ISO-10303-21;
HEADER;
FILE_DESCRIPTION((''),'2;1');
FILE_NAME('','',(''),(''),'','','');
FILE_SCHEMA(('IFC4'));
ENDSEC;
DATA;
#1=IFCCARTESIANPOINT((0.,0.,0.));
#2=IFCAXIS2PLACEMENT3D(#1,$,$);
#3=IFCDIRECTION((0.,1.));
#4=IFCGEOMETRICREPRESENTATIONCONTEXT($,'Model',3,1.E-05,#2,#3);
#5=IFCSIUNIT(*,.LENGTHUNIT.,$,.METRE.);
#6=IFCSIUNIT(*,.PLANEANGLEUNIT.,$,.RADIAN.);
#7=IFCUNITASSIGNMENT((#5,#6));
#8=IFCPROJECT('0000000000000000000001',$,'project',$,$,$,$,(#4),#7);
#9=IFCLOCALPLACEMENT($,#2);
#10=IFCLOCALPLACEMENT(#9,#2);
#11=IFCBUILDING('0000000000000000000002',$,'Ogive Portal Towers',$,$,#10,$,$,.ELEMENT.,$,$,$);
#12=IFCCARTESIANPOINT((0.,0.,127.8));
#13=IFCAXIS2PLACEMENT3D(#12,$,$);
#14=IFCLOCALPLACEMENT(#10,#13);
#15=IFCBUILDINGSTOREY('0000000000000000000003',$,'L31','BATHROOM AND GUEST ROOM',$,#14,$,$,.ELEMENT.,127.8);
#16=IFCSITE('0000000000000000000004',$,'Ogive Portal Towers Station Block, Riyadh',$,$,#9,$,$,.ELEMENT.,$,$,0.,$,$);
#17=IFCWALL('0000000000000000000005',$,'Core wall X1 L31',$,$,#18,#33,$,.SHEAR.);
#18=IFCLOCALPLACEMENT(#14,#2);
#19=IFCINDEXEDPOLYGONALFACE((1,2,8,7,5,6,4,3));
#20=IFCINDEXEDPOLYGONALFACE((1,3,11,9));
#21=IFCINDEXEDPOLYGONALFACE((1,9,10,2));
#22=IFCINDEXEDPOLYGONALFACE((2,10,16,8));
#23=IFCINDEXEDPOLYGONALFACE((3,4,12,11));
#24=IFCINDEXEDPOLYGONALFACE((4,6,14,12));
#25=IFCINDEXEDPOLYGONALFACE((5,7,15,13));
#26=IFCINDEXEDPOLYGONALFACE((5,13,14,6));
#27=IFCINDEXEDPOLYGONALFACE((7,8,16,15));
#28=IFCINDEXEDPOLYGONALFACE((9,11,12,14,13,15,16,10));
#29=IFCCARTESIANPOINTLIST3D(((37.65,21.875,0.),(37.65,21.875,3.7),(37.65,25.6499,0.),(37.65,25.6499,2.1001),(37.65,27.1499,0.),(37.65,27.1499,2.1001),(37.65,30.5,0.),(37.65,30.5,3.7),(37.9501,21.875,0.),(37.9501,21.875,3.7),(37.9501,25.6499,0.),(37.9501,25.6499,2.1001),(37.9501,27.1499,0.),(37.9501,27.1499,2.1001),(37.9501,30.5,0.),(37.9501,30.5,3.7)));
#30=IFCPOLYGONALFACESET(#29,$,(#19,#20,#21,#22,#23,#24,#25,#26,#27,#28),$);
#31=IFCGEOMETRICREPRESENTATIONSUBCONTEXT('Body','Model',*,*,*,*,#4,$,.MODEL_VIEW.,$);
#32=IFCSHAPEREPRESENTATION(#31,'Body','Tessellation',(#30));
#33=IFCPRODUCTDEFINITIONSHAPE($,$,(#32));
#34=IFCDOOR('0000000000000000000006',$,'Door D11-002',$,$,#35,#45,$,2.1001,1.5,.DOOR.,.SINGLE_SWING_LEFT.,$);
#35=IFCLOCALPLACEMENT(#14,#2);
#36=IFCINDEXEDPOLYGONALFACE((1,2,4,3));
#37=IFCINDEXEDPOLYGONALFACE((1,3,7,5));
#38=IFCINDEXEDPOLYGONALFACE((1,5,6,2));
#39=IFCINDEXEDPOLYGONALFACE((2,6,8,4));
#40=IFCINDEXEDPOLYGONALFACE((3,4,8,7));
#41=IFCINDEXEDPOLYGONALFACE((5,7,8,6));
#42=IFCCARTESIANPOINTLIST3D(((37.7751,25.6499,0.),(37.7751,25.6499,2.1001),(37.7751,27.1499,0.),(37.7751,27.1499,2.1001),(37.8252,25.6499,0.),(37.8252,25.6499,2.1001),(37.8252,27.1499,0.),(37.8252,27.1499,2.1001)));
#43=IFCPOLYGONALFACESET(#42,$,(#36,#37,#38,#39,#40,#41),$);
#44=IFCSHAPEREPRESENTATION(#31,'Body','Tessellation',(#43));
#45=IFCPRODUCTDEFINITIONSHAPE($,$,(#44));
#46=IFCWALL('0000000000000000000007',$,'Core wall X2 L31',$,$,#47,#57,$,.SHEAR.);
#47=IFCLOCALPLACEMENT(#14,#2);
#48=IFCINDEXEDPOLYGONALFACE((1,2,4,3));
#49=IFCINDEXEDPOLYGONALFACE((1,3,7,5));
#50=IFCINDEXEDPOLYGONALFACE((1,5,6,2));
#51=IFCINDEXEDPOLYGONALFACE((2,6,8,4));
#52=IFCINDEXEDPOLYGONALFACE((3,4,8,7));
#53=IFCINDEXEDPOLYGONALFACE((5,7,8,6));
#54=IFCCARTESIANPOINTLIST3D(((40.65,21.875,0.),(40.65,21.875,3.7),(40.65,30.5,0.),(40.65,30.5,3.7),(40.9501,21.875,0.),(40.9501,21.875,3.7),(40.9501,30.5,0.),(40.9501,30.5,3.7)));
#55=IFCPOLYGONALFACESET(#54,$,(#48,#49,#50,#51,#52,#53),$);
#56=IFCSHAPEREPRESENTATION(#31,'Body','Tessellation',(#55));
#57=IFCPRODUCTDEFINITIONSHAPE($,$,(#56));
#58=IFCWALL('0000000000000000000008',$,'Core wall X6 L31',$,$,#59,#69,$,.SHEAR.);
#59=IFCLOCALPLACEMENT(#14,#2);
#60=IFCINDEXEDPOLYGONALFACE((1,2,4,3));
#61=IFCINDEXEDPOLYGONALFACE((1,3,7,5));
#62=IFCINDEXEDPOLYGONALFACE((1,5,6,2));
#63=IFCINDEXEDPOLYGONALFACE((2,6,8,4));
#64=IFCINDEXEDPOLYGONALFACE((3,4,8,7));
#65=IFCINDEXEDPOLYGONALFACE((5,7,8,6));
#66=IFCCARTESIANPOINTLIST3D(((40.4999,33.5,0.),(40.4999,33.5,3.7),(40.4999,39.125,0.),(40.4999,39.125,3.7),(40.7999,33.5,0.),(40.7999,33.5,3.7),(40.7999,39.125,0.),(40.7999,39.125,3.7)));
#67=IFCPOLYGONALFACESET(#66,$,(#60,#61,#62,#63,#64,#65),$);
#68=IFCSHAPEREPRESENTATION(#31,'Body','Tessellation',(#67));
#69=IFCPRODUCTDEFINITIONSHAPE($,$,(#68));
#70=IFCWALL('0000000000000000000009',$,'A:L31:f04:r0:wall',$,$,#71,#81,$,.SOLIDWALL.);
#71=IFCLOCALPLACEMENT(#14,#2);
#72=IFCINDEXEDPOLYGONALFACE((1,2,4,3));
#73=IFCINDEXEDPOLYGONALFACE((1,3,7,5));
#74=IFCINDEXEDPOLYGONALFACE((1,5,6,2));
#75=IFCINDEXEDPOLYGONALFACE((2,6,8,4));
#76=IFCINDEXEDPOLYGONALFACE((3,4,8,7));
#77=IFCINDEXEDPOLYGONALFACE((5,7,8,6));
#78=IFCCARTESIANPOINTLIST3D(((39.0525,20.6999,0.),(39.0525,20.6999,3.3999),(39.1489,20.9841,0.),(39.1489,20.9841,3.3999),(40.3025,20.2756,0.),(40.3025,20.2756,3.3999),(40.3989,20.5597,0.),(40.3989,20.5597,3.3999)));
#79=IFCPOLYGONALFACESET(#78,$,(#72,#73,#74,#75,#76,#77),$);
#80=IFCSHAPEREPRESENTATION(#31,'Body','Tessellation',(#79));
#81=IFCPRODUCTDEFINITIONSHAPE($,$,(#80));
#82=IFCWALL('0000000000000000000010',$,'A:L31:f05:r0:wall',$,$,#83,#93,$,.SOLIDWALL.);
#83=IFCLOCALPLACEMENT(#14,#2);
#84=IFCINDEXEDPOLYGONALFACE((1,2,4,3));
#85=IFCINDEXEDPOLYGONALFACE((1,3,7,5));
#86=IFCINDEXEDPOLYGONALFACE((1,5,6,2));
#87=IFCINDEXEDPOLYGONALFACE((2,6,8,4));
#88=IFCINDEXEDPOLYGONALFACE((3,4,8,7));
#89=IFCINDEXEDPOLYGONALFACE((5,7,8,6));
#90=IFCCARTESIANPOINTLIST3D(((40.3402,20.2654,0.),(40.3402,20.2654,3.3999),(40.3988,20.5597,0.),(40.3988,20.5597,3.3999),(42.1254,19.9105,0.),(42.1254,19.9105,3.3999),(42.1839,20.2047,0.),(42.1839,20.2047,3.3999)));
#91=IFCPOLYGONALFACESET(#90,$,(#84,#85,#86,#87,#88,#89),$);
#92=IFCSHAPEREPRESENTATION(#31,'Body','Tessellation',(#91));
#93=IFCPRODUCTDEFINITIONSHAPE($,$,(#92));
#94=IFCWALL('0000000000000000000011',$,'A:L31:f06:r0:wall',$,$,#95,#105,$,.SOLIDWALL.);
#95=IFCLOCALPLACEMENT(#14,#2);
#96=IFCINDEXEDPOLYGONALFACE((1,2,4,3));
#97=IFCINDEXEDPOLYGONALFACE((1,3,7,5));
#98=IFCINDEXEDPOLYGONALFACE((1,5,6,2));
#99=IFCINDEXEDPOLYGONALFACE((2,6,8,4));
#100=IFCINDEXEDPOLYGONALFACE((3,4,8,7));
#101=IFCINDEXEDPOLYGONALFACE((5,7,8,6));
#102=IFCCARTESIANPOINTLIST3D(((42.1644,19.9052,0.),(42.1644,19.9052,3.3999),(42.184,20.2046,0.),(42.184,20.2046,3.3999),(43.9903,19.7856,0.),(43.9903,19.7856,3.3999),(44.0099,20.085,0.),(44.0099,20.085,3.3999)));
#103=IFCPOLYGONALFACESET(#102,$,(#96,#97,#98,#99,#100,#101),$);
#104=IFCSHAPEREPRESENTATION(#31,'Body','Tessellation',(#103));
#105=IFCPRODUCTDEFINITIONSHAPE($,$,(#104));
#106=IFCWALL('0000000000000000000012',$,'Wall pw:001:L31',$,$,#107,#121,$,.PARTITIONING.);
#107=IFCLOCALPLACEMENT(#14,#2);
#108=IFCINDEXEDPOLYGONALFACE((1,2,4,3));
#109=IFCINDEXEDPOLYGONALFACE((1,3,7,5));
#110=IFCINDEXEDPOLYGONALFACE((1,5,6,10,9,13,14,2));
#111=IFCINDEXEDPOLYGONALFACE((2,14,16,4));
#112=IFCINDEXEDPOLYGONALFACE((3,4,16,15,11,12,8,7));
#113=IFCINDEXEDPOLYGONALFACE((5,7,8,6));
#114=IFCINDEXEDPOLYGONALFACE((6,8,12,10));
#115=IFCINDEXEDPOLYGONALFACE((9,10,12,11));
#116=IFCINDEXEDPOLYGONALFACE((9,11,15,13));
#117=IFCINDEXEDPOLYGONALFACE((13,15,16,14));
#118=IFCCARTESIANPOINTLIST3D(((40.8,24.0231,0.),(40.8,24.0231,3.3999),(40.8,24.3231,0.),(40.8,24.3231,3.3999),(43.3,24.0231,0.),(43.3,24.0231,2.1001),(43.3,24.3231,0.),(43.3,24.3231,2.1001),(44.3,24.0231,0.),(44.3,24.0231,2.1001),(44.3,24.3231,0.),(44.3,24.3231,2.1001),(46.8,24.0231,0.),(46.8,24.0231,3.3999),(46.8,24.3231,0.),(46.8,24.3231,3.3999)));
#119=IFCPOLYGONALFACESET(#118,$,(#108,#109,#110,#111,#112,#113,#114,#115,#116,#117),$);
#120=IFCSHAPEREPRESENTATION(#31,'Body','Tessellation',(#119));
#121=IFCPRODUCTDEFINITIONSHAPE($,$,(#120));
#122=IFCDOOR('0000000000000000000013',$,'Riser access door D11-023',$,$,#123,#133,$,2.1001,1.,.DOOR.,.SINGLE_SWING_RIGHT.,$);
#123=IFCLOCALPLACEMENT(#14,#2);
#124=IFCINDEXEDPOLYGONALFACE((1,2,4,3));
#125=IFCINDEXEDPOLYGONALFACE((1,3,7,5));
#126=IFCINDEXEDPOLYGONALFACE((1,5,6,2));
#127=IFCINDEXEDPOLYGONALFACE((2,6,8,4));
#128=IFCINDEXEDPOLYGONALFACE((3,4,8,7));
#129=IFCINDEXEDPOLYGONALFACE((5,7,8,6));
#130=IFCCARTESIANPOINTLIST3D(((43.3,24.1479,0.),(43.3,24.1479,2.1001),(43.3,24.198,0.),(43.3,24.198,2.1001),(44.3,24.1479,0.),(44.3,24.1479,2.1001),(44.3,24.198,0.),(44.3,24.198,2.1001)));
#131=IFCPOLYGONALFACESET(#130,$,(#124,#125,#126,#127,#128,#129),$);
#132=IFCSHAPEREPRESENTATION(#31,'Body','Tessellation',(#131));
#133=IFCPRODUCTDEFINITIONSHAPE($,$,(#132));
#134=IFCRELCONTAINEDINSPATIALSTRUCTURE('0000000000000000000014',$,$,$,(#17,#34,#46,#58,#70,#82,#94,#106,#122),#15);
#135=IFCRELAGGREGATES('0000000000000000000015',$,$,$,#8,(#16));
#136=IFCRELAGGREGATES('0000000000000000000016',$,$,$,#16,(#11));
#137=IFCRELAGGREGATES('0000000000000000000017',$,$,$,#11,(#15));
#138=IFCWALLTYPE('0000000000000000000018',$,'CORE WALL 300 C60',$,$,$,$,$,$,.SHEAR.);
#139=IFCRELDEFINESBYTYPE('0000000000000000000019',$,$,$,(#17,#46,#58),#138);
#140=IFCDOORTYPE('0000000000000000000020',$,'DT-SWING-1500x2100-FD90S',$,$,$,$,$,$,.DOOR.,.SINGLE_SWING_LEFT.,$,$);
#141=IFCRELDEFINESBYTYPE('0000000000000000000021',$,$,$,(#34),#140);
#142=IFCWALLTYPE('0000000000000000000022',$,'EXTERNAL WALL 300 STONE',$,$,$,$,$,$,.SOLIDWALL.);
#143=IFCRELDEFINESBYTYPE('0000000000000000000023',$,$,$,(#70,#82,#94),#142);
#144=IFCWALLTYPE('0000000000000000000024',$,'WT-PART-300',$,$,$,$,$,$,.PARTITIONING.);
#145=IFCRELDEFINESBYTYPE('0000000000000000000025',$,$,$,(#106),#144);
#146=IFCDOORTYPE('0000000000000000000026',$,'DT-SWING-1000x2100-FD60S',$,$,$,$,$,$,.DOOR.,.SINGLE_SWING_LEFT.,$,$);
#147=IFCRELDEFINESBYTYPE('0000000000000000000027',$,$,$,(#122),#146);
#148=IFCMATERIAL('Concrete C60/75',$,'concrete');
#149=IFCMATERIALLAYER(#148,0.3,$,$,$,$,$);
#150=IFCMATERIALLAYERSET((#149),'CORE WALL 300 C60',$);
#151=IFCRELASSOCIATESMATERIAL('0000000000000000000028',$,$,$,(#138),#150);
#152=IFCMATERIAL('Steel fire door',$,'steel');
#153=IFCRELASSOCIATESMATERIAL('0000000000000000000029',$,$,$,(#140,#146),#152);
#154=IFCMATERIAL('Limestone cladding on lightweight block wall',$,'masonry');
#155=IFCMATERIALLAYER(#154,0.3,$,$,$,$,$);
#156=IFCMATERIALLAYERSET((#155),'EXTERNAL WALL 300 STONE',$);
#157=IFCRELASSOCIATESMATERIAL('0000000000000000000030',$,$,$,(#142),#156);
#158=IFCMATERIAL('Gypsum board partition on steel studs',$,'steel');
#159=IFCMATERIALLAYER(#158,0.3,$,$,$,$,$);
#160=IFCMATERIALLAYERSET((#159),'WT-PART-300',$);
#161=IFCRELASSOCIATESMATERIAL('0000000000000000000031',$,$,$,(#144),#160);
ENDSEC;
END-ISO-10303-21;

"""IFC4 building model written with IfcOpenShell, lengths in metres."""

from ifc_helpers import new_model, si_unit, direction, frame, frame_2d, origin, place, context, subcontext, project, spatial, rectangle, extrude, material, layer, layer_set, type_object, element, fill, save


model = new_model("IFC4")

# Units and contexts
model_context = context("Model", 3, precision=1e-05, world=origin(), true_north=direction((0.0, 1.0)))
body_context = subcontext(model_context, "Body", "Model", "MODEL_VIEW")
ifc_project = project(units=[si_unit("LENGTHUNIT", "METRE"), si_unit("PLANEANGLEUNIT", "RADIAN")], contexts=[model_context])

# Site, building, storey
site_placement = place(None, origin())
site = spatial("IfcSite", under=ifc_project, at=site_placement, Name="Ogive Portal Towers Station Block, Riyadh", CompositionType="ELEMENT", RefElevation=0.0)
building_placement = place(site_placement, origin())
building = spatial("IfcBuilding", under=site, at=building_placement, Name="Ogive Portal Towers", CompositionType="ELEMENT")
storey_placement = place(building_placement, frame((0.0, 0.0, 127.8)))
storey = spatial("IfcBuildingStorey", under=building, at=storey_placement, Name="L31", Description="BATHROOM AND GUEST ROOM", CompositionType="ELEMENT", Elevation=127.8)

# Wall, opening, door
ifc_material_1 = material(Name="Concrete C60/75", Category="concrete")
ifc_layer_1 = layer(ifc_material_1, 0.3)
ifc_layer_set_1 = layer_set([ifc_layer_1], Name="CORE WALL 300 C60")
wall_type_1 = type_object("IfcWallType", Name="CORE WALL 300 C60", PredefinedType="SHEAR", material=ifc_layer_set_1)
wall_1_placement = place(storey_placement, frame((37.8, 21.875, 0.0), z_axis=(0.0, 0.0, 1.0), x_axis=(0.0, 1.0, 0.0)))
wall_1 = element("IfcWall", 1, at=wall_1_placement, inside=storey, type_object=wall_type_1, Name="Core wall X1 L31", PredefinedType="SHEAR", context=body_context, shape_type="SweptSolid", body=[
    extrude(rectangle(XDim=8.625, YDim=0.3, at=frame_2d((4.3125, 0.0))), origin(), (0.0, 0.0, 1.0), 3.7),
])
opening_1_placement = place(wall_1_placement, frame((3.7749, 0.0, 0.0)))
opening_1 = element("IfcOpeningElement", 2, at=opening_1_placement, cuts=wall_1, PredefinedType="OPENING", context=body_context, shape_type="SweptSolid", body=[
    extrude(rectangle(XDim=1.5, YDim=2.1001, at=frame_2d((0.75, 1.05))), frame((0.0, 0.1602, 0.0), z_axis=(0.0, -1.0, 0.0), x_axis=(1.0, 0.0, 0.0)), (0.0, 0.0, 1.0), 0.3201),
])
ifc_material_2 = material(Name="Steel fire door", Category="steel")
door_type_1 = type_object("IfcDoorType", Name="DT-SWING-1500x2100-FD90S", OperationType="SINGLE_SWING_LEFT", PredefinedType="DOOR", material=ifc_material_2)
door_1_placement = place(opening_1_placement, origin())
door_1 = element("IfcDoor", 3, at=door_1_placement, inside=storey, type_object=door_type_1, Name="Door D11-002", OperationType="SINGLE_SWING_LEFT", OverallHeight=2.1001, OverallWidth=1.5, PredefinedType="DOOR", context=body_context, shape_type="SweptSolid", body=[
    extrude(rectangle(XDim=1.5, YDim=2.1001, at=frame_2d((0.75, 1.05))), frame((0.0, 0.0249, 0.0), z_axis=(0.0, -1.0, 0.0), x_axis=(1.0, 0.0, 0.0)), (0.0, 0.0, 1.0), 0.05),
])
fill(opening_1, door_1)

# Walls
wall_2_placement = place(storey_placement, frame((40.8, 21.875, 0.0), z_axis=(0.0, 0.0, 1.0), x_axis=(0.0, 1.0, 0.0)))
element("IfcWall", 4, at=wall_2_placement, inside=storey, type_object=wall_type_1, Name="Core wall X2 L31", PredefinedType="SHEAR", context=body_context, shape_type="SweptSolid", body=[
    extrude(rectangle(XDim=8.625, YDim=0.3, at=frame_2d((4.3125, 0.0))), origin(), (0.0, 0.0, 1.0), 3.7),
])
wall_3_placement = place(storey_placement, frame((40.6499, 33.5, 0.0), z_axis=(0.0, 0.0, 1.0), x_axis=(0.0, 1.0, 0.0)))
element("IfcWall", 5, at=wall_3_placement, inside=storey, type_object=wall_type_1, Name="Core wall X6 L31", PredefinedType="SHEAR", context=body_context, shape_type="SweptSolid", body=[
    extrude(rectangle(XDim=5.625, YDim=0.3, at=frame_2d((2.8125, 0.0))), origin(), (0.0, 0.0, 1.0), 3.7),
])

# Walls
ifc_material_3 = material(Name="Limestone cladding on lightweight block wall", Category="masonry")
ifc_layer_2 = layer(ifc_material_3, 0.3)
ifc_layer_set_2 = layer_set([ifc_layer_2], Name="EXTERNAL WALL 300 STONE")
wall_type_2 = type_object("IfcWallType", Name="EXTERNAL WALL 300 STONE", PredefinedType="SOLIDWALL", material=ifc_layer_set_2)
wall_4_placement = place(storey_placement, frame((39.1006, 20.842, 0.0), z_axis=(0.0, 0.0, 1.0), x_axis=(0.94693, -0.321439, 0.0)))
element("IfcWall", 6, at=wall_4_placement, inside=storey, type_object=wall_type_2, Name="A:L31:f04:r0:wall", PredefinedType="SOLIDWALL", context=body_context, shape_type="SweptSolid", body=[
    extrude(rectangle(XDim=1.3201, YDim=0.3, at=frame_2d((0.6602, 0.0))), origin(), (0.0, 0.0, 1.0), 3.3999),
])
wall_5_placement = place(storey_placement, frame((40.3694, 20.4126, 0.0), z_axis=(0.0, 0.0, 1.0), x_axis=(0.980797, -0.195033, 0.0)))
element("IfcWall", 7, at=wall_5_placement, inside=storey, type_object=wall_type_2, Name="A:L31:f05:r0:wall", PredefinedType="SOLIDWALL", context=body_context, shape_type="SweptSolid", body=[
    extrude(rectangle(XDim=1.8201, YDim=0.3, at=frame_2d((0.9102, 0.0))), origin(), (0.0, 0.0, 1.0), 3.3999),
])
wall_6_placement = place(storey_placement, frame((42.1741, 20.0549, 0.0), z_axis=(0.0, 0.0, 1.0), x_axis=(0.997861, -0.065377, 0.0)))
element("IfcWall", 8, at=wall_6_placement, inside=storey, type_object=wall_type_2, Name="A:L31:f06:r0:wall", PredefinedType="SOLIDWALL", context=body_context, shape_type="SweptSolid", body=[
    extrude(rectangle(XDim=1.8298, YDim=0.3, at=frame_2d((0.915, 0.0))), origin(), (0.0, 0.0, 1.0), 3.3999),
])

# Wall, opening, door
ifc_material_4 = material(Name="Gypsum board partition on steel studs", Category="steel")
ifc_layer_3 = layer(ifc_material_4, 0.3)
ifc_layer_set_3 = layer_set([ifc_layer_3], Name="WT-PART-300")
wall_type_3 = type_object("IfcWallType", Name="WT-PART-300", PredefinedType="PARTITIONING", material=ifc_layer_set_3)
wall_7_placement = place(storey_placement, frame((40.8, 24.1731, 0.0), z_axis=(0.0, 0.0, 1.0), x_axis=(1.0, 0.0, 0.0)))
wall_7 = element("IfcWall", 9, at=wall_7_placement, inside=storey, type_object=wall_type_3, Name="Wall pw:001:L31", PredefinedType="PARTITIONING", context=body_context, shape_type="SweptSolid", body=[
    extrude(rectangle(XDim=6.0, YDim=0.3, at=frame_2d((3.0, 0.0))), origin(), (0.0, 0.0, 1.0), 3.3999),
])
opening_2_placement = place(wall_7_placement, frame((2.5, 0.0, 0.0)))
opening_2 = element("IfcOpeningElement", 10, at=opening_2_placement, cuts=wall_7, PredefinedType="OPENING", context=body_context, shape_type="SweptSolid", body=[
    extrude(rectangle(XDim=1.0, YDim=2.1001, at=frame_2d((0.5, 1.05))), frame((0.0, 0.1602, 0.0), z_axis=(0.0, -1.0, 0.0), x_axis=(1.0, 0.0, 0.0)), (0.0, 0.0, 1.0), 0.3201),
])
door_type_2 = type_object("IfcDoorType", Name="DT-SWING-1000x2100-FD60S", OperationType="SINGLE_SWING_LEFT", PredefinedType="DOOR", material=ifc_material_2)
door_2_placement = place(opening_2_placement, origin())
door_2 = element("IfcDoor", 11, at=door_2_placement, inside=storey, type_object=door_type_2, Name="Riser access door D11-023", OperationType="SINGLE_SWING_RIGHT", OverallHeight=2.1001, OverallWidth=1.0, PredefinedType="DOOR", context=body_context, shape_type="SweptSolid", body=[
    extrude(rectangle(XDim=1.0, YDim=2.1001, at=frame_2d((0.5, 1.05))), frame((0.0, 0.0249, 0.0), z_axis=(0.0, -1.0, 0.0), x_axis=(1.0, 0.0, 0.0)), (0.0, 0.0, 1.0), 0.05),
])
fill(opening_2, door_2)

save(model, "model.ifc")
